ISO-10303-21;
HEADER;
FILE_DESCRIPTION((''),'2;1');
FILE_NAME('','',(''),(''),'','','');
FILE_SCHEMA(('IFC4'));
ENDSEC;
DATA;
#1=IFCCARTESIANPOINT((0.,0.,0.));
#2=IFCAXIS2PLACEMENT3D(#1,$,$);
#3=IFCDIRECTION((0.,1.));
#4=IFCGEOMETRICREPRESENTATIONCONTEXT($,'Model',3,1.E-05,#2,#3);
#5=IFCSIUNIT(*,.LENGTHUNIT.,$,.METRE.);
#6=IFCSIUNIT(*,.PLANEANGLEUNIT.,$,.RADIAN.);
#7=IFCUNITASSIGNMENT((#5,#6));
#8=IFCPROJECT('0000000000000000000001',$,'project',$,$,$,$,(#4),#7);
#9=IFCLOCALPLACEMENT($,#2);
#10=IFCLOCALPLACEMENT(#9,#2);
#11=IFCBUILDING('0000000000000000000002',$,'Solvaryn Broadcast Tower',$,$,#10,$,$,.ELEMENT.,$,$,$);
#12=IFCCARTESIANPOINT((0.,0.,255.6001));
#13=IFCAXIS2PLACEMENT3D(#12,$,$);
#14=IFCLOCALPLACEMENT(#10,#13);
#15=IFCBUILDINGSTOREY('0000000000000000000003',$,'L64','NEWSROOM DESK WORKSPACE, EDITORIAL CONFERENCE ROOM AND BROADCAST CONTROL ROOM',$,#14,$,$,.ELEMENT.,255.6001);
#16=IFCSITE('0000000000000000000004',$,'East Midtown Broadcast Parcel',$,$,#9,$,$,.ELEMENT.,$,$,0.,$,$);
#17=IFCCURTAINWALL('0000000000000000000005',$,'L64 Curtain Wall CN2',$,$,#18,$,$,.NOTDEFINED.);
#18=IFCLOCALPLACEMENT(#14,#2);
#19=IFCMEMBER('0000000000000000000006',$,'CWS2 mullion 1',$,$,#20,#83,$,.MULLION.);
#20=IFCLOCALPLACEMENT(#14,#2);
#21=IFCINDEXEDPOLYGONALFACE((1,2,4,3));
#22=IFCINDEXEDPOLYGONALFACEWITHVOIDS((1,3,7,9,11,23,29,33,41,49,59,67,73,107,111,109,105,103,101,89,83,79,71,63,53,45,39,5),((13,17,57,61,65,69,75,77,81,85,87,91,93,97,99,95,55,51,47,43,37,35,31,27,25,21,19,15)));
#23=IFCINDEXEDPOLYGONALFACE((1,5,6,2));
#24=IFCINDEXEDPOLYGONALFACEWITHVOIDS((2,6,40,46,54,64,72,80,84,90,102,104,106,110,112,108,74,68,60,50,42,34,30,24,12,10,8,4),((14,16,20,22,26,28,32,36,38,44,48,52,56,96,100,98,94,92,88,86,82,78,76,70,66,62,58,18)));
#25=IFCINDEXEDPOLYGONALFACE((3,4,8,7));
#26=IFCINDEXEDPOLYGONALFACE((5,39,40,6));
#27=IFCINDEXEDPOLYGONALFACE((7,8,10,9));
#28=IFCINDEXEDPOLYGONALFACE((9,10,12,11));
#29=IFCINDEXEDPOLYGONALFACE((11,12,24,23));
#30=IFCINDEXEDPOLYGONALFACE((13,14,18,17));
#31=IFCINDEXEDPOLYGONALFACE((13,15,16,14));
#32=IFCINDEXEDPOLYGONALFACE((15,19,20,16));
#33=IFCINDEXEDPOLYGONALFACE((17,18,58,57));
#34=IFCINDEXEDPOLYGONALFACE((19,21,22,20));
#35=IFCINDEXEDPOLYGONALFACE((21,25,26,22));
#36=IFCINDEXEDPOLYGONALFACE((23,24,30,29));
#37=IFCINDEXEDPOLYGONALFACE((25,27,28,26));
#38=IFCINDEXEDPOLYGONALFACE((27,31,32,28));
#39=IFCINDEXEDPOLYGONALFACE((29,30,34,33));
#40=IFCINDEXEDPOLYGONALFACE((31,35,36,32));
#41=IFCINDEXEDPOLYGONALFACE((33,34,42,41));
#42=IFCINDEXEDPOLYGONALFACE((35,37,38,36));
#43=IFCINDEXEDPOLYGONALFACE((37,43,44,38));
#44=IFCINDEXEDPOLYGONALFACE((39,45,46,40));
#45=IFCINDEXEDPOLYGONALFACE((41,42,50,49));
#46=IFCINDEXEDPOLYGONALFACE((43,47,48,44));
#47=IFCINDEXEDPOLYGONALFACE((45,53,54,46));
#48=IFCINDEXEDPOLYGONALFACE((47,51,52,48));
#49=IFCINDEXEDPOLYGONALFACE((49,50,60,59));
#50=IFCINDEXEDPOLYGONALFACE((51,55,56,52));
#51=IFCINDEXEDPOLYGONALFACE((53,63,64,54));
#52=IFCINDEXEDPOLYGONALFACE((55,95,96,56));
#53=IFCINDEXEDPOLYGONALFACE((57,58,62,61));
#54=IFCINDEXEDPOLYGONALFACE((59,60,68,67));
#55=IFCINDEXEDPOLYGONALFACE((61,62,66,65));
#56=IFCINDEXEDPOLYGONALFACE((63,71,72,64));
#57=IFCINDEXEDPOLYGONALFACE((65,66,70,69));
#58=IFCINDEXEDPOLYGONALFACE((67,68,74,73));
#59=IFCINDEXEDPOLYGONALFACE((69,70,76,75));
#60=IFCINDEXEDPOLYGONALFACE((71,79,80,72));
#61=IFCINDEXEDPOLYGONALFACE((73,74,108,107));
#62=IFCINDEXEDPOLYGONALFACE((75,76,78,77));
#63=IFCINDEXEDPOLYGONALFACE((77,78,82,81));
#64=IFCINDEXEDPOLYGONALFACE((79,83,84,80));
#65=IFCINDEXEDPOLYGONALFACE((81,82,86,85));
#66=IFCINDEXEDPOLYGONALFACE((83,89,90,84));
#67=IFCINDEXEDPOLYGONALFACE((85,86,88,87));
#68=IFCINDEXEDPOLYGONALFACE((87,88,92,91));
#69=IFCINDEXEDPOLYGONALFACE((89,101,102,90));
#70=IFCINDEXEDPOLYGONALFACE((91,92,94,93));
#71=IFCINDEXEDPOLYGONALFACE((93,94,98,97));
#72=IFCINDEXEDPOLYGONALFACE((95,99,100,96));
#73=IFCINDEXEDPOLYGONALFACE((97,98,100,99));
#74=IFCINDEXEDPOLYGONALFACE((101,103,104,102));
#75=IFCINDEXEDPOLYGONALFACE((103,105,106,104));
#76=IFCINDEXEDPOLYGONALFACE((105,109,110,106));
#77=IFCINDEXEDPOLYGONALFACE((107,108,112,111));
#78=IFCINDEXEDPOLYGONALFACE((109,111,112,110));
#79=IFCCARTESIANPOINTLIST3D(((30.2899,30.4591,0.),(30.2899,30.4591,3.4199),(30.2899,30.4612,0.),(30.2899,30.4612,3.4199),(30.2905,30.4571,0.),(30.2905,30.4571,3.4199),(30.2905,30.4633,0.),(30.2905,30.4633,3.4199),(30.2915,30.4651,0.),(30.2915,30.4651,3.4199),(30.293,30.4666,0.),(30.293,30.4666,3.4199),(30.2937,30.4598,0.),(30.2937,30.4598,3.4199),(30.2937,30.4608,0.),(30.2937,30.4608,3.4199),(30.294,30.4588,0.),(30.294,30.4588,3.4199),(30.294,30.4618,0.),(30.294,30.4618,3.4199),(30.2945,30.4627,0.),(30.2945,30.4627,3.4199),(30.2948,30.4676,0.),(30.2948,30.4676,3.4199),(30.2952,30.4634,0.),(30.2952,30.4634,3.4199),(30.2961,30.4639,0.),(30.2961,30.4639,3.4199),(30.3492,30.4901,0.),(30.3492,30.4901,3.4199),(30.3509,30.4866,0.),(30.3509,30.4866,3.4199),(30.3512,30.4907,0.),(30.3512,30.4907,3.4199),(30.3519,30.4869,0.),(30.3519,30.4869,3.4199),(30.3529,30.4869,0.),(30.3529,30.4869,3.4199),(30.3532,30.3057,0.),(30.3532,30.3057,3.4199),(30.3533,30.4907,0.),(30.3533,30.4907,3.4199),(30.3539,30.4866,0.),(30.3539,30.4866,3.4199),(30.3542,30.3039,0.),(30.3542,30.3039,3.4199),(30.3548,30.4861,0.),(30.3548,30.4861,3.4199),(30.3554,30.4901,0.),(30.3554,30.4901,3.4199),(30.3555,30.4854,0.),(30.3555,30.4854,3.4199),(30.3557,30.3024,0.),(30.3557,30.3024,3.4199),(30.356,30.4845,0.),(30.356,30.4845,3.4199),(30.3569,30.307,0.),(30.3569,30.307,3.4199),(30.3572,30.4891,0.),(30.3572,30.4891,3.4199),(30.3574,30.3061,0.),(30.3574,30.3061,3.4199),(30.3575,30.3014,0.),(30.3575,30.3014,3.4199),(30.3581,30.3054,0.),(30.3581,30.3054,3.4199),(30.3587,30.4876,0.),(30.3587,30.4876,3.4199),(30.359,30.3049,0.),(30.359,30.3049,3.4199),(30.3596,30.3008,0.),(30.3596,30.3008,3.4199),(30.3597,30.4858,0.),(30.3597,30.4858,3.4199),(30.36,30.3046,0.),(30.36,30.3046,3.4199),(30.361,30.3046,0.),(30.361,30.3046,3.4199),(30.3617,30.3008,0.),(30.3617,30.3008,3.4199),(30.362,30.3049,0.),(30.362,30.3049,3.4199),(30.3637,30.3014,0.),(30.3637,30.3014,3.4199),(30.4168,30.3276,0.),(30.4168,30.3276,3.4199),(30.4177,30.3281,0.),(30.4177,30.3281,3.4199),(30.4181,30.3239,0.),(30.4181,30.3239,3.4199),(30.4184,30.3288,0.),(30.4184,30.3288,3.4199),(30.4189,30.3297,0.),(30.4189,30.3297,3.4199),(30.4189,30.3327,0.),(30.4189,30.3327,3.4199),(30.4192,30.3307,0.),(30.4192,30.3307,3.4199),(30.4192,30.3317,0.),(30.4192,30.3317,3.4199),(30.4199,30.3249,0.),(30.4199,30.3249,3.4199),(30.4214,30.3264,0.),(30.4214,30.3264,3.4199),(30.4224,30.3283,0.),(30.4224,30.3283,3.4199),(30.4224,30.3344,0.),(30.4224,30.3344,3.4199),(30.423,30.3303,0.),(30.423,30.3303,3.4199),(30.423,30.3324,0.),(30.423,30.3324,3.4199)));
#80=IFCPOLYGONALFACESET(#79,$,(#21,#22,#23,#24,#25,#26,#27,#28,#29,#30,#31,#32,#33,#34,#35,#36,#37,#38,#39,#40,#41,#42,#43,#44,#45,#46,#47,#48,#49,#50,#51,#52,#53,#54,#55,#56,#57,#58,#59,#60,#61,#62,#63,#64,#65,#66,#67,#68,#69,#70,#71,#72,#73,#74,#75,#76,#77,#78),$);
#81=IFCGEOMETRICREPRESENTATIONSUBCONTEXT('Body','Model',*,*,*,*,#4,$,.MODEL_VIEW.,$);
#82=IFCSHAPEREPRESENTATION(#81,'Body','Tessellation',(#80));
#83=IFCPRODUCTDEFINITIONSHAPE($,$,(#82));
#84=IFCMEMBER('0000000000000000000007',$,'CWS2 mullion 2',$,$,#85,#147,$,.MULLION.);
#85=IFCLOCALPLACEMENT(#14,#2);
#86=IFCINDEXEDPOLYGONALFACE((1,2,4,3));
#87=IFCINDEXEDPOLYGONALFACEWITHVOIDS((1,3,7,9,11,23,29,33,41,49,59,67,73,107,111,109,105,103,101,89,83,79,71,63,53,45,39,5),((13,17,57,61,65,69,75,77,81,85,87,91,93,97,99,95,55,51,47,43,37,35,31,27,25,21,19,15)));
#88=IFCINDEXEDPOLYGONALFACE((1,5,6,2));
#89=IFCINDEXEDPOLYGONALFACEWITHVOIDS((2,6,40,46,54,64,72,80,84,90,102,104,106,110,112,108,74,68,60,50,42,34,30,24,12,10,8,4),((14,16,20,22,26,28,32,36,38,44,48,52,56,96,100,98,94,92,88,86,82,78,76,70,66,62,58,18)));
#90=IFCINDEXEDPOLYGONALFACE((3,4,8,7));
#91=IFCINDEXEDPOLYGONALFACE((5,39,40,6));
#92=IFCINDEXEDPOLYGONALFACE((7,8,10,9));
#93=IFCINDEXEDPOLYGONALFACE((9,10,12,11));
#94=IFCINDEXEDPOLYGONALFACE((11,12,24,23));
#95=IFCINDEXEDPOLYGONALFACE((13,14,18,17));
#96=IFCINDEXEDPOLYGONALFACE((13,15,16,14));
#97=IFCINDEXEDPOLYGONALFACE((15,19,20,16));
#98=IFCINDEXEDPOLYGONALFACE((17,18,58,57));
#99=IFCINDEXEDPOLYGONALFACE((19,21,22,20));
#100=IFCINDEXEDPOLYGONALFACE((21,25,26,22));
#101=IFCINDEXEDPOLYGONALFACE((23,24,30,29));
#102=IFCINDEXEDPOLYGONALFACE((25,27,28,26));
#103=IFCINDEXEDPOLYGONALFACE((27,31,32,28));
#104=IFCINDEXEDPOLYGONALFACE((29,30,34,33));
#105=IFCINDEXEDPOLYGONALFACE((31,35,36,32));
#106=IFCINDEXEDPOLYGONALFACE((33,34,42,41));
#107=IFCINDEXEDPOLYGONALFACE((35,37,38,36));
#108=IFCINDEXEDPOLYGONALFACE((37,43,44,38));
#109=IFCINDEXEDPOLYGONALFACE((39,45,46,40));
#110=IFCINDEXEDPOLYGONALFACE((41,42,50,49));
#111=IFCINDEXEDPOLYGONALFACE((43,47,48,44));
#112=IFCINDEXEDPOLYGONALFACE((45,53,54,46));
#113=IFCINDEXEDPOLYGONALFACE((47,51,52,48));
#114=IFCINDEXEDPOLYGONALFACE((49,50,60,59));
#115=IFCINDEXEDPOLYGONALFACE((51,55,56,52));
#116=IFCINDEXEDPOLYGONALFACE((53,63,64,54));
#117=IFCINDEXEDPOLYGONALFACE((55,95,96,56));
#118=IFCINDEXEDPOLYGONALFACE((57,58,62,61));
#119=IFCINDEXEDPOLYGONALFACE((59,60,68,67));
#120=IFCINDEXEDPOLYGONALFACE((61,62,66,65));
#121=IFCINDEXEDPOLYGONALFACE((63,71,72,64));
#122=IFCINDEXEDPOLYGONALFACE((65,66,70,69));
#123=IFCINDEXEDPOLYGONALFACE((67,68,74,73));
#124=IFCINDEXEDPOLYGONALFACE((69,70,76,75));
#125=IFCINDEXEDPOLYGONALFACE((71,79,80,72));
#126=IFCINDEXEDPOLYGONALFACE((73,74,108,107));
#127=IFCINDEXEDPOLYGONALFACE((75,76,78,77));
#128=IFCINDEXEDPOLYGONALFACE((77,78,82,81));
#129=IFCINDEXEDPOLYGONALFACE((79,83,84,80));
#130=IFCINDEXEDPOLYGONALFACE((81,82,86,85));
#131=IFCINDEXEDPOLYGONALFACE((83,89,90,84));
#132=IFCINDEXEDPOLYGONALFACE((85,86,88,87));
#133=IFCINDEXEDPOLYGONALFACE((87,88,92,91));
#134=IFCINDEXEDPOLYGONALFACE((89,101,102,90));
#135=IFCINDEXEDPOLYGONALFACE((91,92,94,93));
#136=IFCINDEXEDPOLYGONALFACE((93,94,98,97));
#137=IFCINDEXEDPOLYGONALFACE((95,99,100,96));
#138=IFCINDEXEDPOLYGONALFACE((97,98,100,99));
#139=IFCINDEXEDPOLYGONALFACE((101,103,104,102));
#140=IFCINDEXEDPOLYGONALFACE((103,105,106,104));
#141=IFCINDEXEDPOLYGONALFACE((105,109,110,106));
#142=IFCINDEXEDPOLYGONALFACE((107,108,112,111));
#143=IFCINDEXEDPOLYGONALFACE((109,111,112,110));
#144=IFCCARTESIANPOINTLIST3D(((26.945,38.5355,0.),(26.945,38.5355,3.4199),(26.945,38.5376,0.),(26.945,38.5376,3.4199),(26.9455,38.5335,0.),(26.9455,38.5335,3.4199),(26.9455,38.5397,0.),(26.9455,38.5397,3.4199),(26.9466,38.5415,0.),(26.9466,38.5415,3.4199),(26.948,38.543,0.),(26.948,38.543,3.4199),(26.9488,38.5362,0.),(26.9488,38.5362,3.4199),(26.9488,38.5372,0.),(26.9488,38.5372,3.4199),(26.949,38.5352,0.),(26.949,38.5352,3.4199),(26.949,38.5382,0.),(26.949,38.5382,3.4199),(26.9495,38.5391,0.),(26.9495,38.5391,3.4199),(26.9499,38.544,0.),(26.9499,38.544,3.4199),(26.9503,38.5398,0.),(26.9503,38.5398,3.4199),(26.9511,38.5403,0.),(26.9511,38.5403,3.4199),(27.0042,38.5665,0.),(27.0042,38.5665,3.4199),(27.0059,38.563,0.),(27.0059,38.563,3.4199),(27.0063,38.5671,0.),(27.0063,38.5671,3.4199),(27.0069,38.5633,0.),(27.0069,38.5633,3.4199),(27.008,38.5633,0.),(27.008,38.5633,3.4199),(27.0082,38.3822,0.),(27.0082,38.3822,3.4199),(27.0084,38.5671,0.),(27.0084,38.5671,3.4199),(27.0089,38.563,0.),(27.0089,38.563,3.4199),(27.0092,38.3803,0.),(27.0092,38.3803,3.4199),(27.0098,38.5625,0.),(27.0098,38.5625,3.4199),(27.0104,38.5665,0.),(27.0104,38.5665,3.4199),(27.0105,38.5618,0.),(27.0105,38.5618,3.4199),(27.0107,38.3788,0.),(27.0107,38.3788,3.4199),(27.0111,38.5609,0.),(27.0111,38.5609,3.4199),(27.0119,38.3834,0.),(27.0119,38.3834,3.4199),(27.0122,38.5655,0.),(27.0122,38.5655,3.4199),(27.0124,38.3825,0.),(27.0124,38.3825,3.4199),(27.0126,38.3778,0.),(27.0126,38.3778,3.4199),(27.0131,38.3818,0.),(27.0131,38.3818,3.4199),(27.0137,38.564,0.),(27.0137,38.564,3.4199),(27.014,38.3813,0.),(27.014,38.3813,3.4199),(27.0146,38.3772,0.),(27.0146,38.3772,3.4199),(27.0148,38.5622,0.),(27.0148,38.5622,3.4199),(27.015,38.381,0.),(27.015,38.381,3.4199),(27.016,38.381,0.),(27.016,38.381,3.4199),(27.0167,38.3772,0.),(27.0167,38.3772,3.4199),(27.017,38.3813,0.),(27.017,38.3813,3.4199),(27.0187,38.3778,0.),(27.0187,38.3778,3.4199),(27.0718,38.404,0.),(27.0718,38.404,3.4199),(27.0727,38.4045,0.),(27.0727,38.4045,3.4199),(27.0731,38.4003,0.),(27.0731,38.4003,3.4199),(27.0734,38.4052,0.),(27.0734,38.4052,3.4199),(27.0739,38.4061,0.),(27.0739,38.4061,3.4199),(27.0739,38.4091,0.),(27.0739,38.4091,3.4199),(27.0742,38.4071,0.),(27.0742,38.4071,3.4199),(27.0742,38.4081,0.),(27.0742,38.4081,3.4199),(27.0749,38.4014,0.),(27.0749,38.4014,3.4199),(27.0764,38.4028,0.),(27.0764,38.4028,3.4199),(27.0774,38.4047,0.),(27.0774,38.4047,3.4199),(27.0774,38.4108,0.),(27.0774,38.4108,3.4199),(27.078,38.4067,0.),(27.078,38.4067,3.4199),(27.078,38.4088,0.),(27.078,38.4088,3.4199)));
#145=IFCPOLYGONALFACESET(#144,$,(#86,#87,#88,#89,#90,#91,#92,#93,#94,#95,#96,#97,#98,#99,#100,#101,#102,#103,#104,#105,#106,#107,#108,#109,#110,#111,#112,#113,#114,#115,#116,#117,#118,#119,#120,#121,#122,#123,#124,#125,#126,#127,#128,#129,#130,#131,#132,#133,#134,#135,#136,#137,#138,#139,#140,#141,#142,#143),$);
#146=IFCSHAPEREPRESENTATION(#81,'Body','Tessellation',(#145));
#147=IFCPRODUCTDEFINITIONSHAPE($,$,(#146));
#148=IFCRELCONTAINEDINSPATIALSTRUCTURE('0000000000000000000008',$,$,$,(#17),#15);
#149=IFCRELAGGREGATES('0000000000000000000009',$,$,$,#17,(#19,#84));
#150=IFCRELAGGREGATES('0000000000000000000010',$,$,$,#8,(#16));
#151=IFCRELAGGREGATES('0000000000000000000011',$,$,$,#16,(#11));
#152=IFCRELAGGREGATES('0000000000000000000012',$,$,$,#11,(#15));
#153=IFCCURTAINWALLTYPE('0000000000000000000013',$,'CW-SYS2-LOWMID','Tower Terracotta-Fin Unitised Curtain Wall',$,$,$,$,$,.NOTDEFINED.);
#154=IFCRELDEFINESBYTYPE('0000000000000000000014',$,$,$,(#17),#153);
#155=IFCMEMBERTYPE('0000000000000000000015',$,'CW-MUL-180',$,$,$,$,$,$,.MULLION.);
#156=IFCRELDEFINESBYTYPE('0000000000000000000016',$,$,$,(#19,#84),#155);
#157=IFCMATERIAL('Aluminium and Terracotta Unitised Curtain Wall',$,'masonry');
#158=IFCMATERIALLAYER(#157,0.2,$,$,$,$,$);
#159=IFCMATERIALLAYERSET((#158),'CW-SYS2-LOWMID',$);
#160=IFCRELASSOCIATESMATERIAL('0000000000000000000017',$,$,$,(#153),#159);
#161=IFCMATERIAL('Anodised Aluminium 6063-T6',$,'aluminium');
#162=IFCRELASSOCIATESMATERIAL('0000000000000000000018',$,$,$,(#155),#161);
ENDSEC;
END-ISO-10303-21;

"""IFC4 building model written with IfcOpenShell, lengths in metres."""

from ifc_helpers import new_model, si_unit, direction, frame, origin, origin_2d, place, context, subcontext, project, spatial, hollow_rectangle, extrude, material, layer, layer_set, material_profile, profile_set, type_object, element, aggregate, save


model = new_model("IFC4")

# Units and contexts
model_context = context("Model", 3, precision=1e-05, world=origin(), true_north=direction((0.0, 1.0)))
body_context = subcontext(model_context, "Body", "Model", "MODEL_VIEW")
ifc_project = project(units=[si_unit("LENGTHUNIT", "METRE"), si_unit("PLANEANGLEUNIT", "RADIAN")], contexts=[model_context])

# Site, building, storey
site_placement = place(None, origin())
site = spatial("IfcSite", under=ifc_project, at=site_placement, Name="East Midtown Broadcast Parcel", CompositionType="ELEMENT", RefElevation=0.0)
building_placement = place(site_placement, origin())
building = spatial("IfcBuilding", under=site, at=building_placement, Name="Solvaryn Broadcast Tower", CompositionType="ELEMENT")
storey_placement = place(building_placement, frame((0.0, 0.0, 255.6001)))
storey = spatial("IfcBuildingStorey", under=building, at=storey_placement, Name="L64", Description="NEWSROOM DESK WORKSPACE, EDITORIAL CONFERENCE ROOM AND BROADCAST CONTROL ROOM", CompositionType="ELEMENT", Elevation=255.6001)

# Shared definitions
ifc_material_1 = material(Name="Aluminium and Terracotta Unitised Curtain Wall", Category="masonry")
ifc_layer_1 = layer(ifc_material_1, 0.2)
ifc_layer_set_1 = layer_set([ifc_layer_1], Name="CW-SYS2-LOWMID")
curtain_wall_type = type_object("IfcCurtainWallType", Name="CW-SYS2-LOWMID", Description="Tower Terracotta-Fin Unitised Curtain Wall", PredefinedType="NOTDEFINED", material=ifc_layer_set_1)
ifc_material_2 = material(Name="Anodised Aluminium 6063-T6", Category="aluminium")
ifc_material_profile_1 = material_profile(ifc_material_2, hollow_rectangle(XDim=0.075, YDim=0.1799, WallThickness=0.0039, InnerFilletRadius=0.0039, OuterFilletRadius=0.0081, at=origin_2d()))
ifc_profile_set_1 = profile_set([ifc_material_profile_1], Name="Anodised Aluminium 6063-T6")
member_type_1 = type_object("IfcMemberType", Name="CW-MUL-180", PredefinedType="MULLION", material=ifc_profile_set_1)

# Curtain wall, members
curtain_wall_1_placement = place(storey_placement, origin())
curtain_wall_1 = element("IfcCurtainWall", 1, at=curtain_wall_1_placement, inside=storey, type_object=curtain_wall_type, Name="L64 Curtain Wall CN2", PredefinedType="NOTDEFINED")
member_1_placement = place(storey_placement, frame((30.3564, 30.3958, 0.0), z_axis=(0.0, 0.0, 1.0), x_axis=(-0.923895, -0.382646, 0.0)))
member_1 = element("IfcMember", 2, at=member_1_placement, type_object=member_type_1, Name="CWS2 mullion 1", PredefinedType="MULLION", context=body_context, shape_type="SweptSolid", body=[
    extrude(hollow_rectangle(XDim=0.075, YDim=0.1799, WallThickness=0.0039, InnerFilletRadius=0.0039, OuterFilletRadius=0.0081, at=origin_2d()), origin(), (0.0, 0.0, 1.0), 3.4199),
])
member_2_placement = place(storey_placement, frame((27.0115, 38.4722, 0.0), z_axis=(0.0, 0.0, 1.0), x_axis=(-0.923895, -0.382646, 0.0)))
member_2 = element("IfcMember", 3, at=member_2_placement, type_object=member_type_1, Name="CWS2 mullion 2", PredefinedType="MULLION", context=body_context, shape_type="SweptSolid", body=[
    extrude(hollow_rectangle(XDim=0.075, YDim=0.1799, WallThickness=0.0039, InnerFilletRadius=0.0039, OuterFilletRadius=0.0081, at=origin_2d()), origin(), (0.0, 0.0, 1.0), 3.4199),
])

aggregate(curtain_wall_1, [member_1, member_2])

save(model, "model.ifc")
